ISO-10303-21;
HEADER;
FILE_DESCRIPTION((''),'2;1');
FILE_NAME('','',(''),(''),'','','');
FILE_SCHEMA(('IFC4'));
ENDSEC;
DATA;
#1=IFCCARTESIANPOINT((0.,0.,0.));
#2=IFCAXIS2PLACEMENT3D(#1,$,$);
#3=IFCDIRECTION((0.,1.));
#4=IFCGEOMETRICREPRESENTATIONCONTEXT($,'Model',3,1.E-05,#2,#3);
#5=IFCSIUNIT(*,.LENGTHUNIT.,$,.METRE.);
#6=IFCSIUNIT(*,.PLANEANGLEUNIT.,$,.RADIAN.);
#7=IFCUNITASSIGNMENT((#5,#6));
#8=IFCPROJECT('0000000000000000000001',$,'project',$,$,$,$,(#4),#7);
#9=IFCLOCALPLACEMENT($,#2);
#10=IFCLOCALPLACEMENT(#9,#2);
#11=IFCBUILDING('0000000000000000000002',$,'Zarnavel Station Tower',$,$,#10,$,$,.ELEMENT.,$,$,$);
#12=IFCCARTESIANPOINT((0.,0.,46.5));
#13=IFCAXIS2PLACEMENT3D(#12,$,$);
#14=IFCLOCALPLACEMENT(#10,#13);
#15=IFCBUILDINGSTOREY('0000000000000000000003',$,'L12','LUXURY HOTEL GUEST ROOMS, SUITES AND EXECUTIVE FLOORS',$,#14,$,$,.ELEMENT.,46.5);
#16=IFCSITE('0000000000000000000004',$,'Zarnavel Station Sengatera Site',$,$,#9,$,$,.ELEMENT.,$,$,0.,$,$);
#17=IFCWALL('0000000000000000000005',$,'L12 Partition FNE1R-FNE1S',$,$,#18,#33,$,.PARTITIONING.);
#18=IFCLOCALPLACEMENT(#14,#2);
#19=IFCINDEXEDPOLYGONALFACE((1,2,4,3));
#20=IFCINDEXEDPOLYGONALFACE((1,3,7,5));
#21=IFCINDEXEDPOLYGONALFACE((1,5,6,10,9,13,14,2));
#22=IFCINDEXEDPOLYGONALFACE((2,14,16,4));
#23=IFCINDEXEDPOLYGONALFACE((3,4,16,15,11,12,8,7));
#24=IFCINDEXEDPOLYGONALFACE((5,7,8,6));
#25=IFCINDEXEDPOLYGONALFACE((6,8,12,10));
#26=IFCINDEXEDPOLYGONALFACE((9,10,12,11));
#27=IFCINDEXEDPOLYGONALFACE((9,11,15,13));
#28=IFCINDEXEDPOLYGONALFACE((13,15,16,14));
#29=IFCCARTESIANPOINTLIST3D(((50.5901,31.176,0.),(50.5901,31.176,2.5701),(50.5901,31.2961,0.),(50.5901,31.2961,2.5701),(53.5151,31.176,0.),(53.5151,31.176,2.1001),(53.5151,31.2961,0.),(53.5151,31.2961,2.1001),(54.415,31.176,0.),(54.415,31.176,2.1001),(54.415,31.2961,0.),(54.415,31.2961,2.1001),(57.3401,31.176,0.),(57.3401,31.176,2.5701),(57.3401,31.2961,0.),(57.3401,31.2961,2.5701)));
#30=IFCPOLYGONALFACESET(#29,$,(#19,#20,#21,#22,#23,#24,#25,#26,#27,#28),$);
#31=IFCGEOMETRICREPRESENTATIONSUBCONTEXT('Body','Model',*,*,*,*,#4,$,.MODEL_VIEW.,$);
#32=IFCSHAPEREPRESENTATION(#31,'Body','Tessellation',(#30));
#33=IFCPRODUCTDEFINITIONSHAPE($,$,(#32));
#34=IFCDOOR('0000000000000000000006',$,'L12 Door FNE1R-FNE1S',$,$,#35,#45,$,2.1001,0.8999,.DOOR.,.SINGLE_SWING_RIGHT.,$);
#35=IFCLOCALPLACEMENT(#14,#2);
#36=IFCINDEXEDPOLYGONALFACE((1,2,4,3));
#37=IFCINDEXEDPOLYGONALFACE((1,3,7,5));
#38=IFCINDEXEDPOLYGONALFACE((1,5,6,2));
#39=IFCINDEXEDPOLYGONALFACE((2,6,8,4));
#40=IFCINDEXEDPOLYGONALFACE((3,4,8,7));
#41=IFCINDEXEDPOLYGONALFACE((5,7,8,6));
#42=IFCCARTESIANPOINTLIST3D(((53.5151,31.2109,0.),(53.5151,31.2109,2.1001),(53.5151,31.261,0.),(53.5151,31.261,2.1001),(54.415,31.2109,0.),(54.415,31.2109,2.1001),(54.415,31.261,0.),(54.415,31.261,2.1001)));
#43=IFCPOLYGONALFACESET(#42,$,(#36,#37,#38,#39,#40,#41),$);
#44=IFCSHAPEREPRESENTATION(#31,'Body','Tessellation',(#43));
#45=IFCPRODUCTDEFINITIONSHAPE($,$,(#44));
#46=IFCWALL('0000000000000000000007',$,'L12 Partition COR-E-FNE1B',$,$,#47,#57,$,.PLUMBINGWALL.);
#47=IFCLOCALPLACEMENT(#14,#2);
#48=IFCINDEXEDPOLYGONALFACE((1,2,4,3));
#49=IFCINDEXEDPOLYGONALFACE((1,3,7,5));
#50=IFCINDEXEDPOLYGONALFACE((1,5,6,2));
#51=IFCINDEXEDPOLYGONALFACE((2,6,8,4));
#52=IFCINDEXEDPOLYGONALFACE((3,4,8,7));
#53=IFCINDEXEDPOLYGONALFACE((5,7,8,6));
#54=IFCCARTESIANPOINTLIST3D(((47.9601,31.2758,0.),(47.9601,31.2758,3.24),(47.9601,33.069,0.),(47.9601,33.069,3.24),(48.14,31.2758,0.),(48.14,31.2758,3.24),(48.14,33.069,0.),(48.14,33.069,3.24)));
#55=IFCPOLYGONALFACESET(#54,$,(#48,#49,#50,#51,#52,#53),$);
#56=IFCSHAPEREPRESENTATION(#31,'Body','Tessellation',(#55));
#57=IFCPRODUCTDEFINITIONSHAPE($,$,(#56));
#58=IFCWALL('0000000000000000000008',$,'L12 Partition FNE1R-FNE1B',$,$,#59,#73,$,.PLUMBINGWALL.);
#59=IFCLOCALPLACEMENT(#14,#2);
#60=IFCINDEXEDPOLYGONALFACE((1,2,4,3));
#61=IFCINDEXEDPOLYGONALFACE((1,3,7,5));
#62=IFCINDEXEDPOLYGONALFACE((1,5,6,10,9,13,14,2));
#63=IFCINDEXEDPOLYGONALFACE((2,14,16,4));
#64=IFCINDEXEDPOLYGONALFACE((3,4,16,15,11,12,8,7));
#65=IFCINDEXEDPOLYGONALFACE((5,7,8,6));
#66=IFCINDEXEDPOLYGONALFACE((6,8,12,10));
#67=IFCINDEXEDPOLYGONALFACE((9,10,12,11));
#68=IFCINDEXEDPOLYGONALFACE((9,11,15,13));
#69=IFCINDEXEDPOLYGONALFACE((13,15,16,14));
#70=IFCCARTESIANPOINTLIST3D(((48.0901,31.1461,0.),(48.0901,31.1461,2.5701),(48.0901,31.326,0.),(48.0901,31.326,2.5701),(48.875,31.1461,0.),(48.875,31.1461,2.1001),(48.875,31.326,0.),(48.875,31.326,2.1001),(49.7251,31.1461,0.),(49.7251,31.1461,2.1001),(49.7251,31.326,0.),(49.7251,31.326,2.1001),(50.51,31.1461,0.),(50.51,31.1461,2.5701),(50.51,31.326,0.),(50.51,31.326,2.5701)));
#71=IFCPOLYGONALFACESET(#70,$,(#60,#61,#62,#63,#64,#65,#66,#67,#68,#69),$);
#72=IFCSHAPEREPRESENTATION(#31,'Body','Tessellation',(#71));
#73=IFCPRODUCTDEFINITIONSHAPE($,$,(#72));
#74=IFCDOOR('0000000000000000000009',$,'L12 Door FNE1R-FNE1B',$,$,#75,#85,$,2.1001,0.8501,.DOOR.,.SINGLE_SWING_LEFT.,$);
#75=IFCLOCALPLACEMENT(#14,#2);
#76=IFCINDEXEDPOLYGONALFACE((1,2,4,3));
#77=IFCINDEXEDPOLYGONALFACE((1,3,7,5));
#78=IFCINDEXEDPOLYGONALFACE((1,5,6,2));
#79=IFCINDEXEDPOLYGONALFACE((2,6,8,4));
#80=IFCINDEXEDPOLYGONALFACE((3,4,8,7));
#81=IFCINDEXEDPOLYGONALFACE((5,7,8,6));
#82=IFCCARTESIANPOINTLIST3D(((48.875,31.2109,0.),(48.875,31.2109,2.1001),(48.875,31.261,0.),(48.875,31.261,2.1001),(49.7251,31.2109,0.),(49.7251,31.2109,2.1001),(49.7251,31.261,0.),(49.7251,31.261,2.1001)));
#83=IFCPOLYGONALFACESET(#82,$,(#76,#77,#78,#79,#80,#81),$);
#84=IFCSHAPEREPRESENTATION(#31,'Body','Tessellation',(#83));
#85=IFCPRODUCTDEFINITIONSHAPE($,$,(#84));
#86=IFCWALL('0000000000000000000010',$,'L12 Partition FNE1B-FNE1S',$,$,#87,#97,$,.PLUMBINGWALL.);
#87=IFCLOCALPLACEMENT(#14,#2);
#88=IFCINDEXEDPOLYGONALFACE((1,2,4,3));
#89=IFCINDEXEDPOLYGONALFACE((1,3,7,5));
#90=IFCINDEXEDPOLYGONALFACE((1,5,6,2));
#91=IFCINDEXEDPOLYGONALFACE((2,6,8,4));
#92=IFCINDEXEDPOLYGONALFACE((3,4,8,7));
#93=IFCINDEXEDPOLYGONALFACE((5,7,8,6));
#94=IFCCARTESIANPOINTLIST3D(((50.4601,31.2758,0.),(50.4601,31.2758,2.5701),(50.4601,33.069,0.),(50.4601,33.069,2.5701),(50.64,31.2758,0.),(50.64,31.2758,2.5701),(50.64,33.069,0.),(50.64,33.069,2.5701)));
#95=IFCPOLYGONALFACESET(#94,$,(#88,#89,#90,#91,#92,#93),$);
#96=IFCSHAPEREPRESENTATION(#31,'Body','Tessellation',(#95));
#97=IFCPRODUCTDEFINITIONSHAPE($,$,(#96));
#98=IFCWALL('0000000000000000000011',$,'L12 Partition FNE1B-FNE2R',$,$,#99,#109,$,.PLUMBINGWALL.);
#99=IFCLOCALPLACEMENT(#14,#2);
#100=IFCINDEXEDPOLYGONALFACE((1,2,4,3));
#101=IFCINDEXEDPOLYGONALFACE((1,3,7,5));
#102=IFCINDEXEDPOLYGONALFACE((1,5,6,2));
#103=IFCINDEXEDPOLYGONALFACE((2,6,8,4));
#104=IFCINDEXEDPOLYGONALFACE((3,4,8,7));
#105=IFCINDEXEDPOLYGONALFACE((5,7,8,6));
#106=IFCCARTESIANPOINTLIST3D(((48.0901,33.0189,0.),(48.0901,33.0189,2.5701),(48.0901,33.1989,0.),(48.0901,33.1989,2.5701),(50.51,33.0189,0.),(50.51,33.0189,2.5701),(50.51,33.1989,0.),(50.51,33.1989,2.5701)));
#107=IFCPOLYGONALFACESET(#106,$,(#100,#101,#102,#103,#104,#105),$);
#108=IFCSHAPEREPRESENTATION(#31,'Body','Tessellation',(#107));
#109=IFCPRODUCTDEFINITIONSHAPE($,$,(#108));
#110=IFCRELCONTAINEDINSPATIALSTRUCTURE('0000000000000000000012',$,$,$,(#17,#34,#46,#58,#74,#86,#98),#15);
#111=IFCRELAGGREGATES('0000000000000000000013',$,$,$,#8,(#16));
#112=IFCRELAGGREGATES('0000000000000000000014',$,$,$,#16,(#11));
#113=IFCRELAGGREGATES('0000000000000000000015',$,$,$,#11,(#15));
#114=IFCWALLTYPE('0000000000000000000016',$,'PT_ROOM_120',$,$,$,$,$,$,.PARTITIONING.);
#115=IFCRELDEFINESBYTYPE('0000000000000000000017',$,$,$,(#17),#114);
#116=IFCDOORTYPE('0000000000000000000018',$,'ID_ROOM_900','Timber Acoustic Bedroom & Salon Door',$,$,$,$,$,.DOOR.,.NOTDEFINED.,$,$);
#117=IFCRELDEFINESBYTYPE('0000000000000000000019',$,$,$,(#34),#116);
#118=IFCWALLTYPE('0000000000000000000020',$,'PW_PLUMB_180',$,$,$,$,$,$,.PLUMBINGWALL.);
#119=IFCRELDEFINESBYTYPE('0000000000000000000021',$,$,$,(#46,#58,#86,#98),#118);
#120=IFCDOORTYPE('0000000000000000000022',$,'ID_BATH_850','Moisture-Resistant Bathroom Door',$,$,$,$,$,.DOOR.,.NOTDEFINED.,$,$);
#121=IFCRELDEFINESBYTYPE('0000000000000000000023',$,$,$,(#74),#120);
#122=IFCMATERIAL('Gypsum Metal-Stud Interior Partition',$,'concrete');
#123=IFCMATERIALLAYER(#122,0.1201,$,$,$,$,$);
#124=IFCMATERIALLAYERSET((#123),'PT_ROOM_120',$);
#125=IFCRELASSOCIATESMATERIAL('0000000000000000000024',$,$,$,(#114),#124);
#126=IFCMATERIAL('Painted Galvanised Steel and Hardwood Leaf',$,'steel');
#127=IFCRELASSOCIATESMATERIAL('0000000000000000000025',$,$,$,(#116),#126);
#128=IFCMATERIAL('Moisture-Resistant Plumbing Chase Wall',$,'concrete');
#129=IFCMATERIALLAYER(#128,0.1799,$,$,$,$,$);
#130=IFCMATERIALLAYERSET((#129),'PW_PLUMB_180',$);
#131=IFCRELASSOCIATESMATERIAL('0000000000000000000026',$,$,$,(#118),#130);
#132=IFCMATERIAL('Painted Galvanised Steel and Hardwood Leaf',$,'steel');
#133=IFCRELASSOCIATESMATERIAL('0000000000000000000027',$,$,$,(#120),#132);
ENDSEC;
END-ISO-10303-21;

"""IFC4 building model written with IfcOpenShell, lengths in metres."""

from ifc_helpers import new_model, si_unit, direction, frame, frame_2d, origin, place, context, subcontext, project, spatial, rectangle, extrude, material, layer, layer_set, type_object, element, fill, save


model = new_model("IFC4")

# Units and contexts
model_context = context("Model", 3, precision=1e-05, world=origin(), true_north=direction((0.0, 1.0)))
body_context = subcontext(model_context, "Body", "Model", "MODEL_VIEW")
ifc_project = project(units=[si_unit("LENGTHUNIT", "METRE"), si_unit("PLANEANGLEUNIT", "RADIAN")], contexts=[model_context])

# Site, building, storey
site_placement = place(None, origin())
site = spatial("IfcSite", under=ifc_project, at=site_placement, Name="Zarnavel Station Sengatera Site", CompositionType="ELEMENT", RefElevation=0.0)
building_placement = place(site_placement, origin())
building = spatial("IfcBuilding", under=site, at=building_placement, Name="Zarnavel Station Tower", CompositionType="ELEMENT")
storey_placement = place(building_placement, frame((0.0, 0.0, 46.5)))
storey = spatial("IfcBuildingStorey", under=building, at=storey_placement, Name="L12", Description="LUXURY HOTEL GUEST ROOMS, SUITES AND EXECUTIVE FLOORS", CompositionType="ELEMENT", Elevation=46.5)

# Wall, opening, door
ifc_material_1 = material(Name="Gypsum Metal-Stud Interior Partition", Category="concrete")
ifc_layer_1 = layer(ifc_material_1, 0.1201)
ifc_layer_set_1 = layer_set([ifc_layer_1], Name="PT_ROOM_120")
wall_type_1 = type_object("IfcWallType", Name="PT_ROOM_120", PredefinedType="PARTITIONING", material=ifc_layer_set_1)
wall_1_placement = place(storey_placement, frame((50.5901, 31.2361, 0.0), z_axis=(0.0, 0.0, 1.0), x_axis=(1.0, 0.0, 0.0)))
wall_1 = element("IfcWall", 1, at=wall_1_placement, inside=storey, type_object=wall_type_1, Name="L12 Partition FNE1R-FNE1S", PredefinedType="PARTITIONING", context=body_context, shape_type="SweptSolid", body=[
    extrude(rectangle(XDim=6.75, YDim=0.1201, at=frame_2d((3.375, 0.0))), origin(), (0.0, 0.0, 1.0), 2.5701),
])
opening_1_placement = place(wall_1_placement, frame((2.925, 0.0, 0.0)))
opening_1 = element("IfcOpeningElement", 2, at=opening_1_placement, cuts=wall_1, PredefinedType="OPENING", context=body_context, shape_type="SweptSolid", body=[
    extrude(rectangle(XDim=0.8999, YDim=2.1001, at=frame_2d((0.45, 1.05))), frame((0.0, 0.0701, 0.0), z_axis=(0.0, -1.0, 0.0), x_axis=(1.0, 0.0, 0.0)), (0.0, 0.0, 1.0), 0.1401),
])
ifc_material_2 = material(Name="Painted Galvanised Steel and Hardwood Leaf", Category="steel")
door_type_1 = type_object("IfcDoorType", Name="ID_ROOM_900", Description="Timber Acoustic Bedroom & Salon Door", OperationType="NOTDEFINED", PredefinedType="DOOR", material=ifc_material_2)
door_1_placement = place(opening_1_placement, origin())
door_1 = element("IfcDoor", 3, at=door_1_placement, inside=storey, type_object=door_type_1, Name="L12 Door FNE1R-FNE1S", OperationType="SINGLE_SWING_RIGHT", OverallHeight=2.1001, OverallWidth=0.8999, PredefinedType="DOOR", context=body_context, shape_type="SweptSolid", body=[
    extrude(rectangle(XDim=0.8999, YDim=2.1001, at=frame_2d((0.45, 1.05))), frame((0.0, 0.0249, 0.0), z_axis=(0.0, -1.0, 0.0), x_axis=(1.0, 0.0, 0.0)), (0.0, 0.0, 1.0), 0.05),
])
fill(opening_1, door_1)

# Wall
ifc_material_3 = material(Name="Moisture-Resistant Plumbing Chase Wall", Category="concrete")
ifc_layer_2 = layer(ifc_material_3, 0.1799)
ifc_layer_set_2 = layer_set([ifc_layer_2], Name="PW_PLUMB_180")
wall_type_2 = type_object("IfcWallType", Name="PW_PLUMB_180", PredefinedType="PLUMBINGWALL", material=ifc_layer_set_2)
wall_2_placement = place(storey_placement, frame((48.05, 31.2759, 0.0), z_axis=(0.0, 0.0, 1.0), x_axis=(0.0, 1.0, 0.0)))
element("IfcWall", 4, at=wall_2_placement, inside=storey, type_object=wall_type_2, Name="L12 Partition COR-E-FNE1B", PredefinedType="PLUMBINGWALL", context=body_context, shape_type="SweptSolid", body=[
    extrude(rectangle(XDim=1.7932, YDim=0.1799, at=frame_2d((0.8965, 0.0))), origin(), (0.0, 0.0, 1.0), 3.24),
])

# Wall, opening, door
wall_3_placement = place(storey_placement, frame((48.0901, 31.2361, 0.0), z_axis=(0.0, 0.0, 1.0), x_axis=(1.0, 0.0, 0.0)))
wall_3 = element("IfcWall", 5, at=wall_3_placement, inside=storey, type_object=wall_type_2, Name="L12 Partition FNE1R-FNE1B", PredefinedType="PLUMBINGWALL", context=body_context, shape_type="SweptSolid", body=[
    extrude(rectangle(XDim=2.4199, YDim=0.1799, at=frame_2d((1.21, 0.0))), origin(), (0.0, 0.0, 1.0), 2.5701),
])
opening_2_placement = place(wall_3_placement, frame((0.7849, 0.0, 0.0)))
opening_2 = element("IfcOpeningElement", 6, at=opening_2_placement, cuts=wall_3, PredefinedType="OPENING", context=body_context, shape_type="SweptSolid", body=[
    extrude(rectangle(XDim=0.8501, YDim=2.1001, at=frame_2d((0.425, 1.05))), frame((0.0, 0.0999, 0.0), z_axis=(0.0, -1.0, 0.0), x_axis=(1.0, 0.0, 0.0)), (0.0, 0.0, 1.0), 0.2),
])
ifc_material_4 = material(Name="Painted Galvanised Steel and Hardwood Leaf", Category="steel")
door_type_2 = type_object("IfcDoorType", Name="ID_BATH_850", Description="Moisture-Resistant Bathroom Door", OperationType="NOTDEFINED", PredefinedType="DOOR", material=ifc_material_4)
door_2_placement = place(opening_2_placement, origin())
door_2 = element("IfcDoor", 7, at=door_2_placement, inside=storey, type_object=door_type_2, Name="L12 Door FNE1R-FNE1B", OperationType="SINGLE_SWING_LEFT", OverallHeight=2.1001, OverallWidth=0.8501, PredefinedType="DOOR", context=body_context, shape_type="SweptSolid", body=[
    extrude(rectangle(XDim=0.8501, YDim=2.1001, at=frame_2d((0.425, 1.05))), frame((0.0, 0.0249, 0.0), z_axis=(0.0, -1.0, 0.0), x_axis=(1.0, 0.0, 0.0)), (0.0, 0.0, 1.0), 0.05),
])
fill(opening_2, door_2)

# Walls
wall_4_placement = place(storey_placement, frame((50.55, 31.2759, 0.0), z_axis=(0.0, 0.0, 1.0), x_axis=(0.0, 1.0, 0.0)))
element("IfcWall", 8, at=wall_4_placement, inside=storey, type_object=wall_type_2, Name="L12 Partition FNE1B-FNE1S", PredefinedType="PLUMBINGWALL", context=body_context, shape_type="SweptSolid", body=[
    extrude(rectangle(XDim=1.7932, YDim=0.1799, at=frame_2d((0.8965, 0.0))), origin(), (0.0, 0.0, 1.0), 2.5701),
])
wall_5_placement = place(storey_placement, frame((48.0901, 33.1089, 0.0), z_axis=(0.0, 0.0, 1.0), x_axis=(1.0, 0.0, 0.0)))
element("IfcWall", 9, at=wall_5_placement, inside=storey, type_object=wall_type_2, Name="L12 Partition FNE1B-FNE2R", PredefinedType="PLUMBINGWALL", context=body_context, shape_type="SweptSolid", body=[
    extrude(rectangle(XDim=2.4199, YDim=0.1799, at=frame_2d((1.21, 0.0))), origin(), (0.0, 0.0, 1.0), 2.5701),
])

save(model, "model.ifc")
